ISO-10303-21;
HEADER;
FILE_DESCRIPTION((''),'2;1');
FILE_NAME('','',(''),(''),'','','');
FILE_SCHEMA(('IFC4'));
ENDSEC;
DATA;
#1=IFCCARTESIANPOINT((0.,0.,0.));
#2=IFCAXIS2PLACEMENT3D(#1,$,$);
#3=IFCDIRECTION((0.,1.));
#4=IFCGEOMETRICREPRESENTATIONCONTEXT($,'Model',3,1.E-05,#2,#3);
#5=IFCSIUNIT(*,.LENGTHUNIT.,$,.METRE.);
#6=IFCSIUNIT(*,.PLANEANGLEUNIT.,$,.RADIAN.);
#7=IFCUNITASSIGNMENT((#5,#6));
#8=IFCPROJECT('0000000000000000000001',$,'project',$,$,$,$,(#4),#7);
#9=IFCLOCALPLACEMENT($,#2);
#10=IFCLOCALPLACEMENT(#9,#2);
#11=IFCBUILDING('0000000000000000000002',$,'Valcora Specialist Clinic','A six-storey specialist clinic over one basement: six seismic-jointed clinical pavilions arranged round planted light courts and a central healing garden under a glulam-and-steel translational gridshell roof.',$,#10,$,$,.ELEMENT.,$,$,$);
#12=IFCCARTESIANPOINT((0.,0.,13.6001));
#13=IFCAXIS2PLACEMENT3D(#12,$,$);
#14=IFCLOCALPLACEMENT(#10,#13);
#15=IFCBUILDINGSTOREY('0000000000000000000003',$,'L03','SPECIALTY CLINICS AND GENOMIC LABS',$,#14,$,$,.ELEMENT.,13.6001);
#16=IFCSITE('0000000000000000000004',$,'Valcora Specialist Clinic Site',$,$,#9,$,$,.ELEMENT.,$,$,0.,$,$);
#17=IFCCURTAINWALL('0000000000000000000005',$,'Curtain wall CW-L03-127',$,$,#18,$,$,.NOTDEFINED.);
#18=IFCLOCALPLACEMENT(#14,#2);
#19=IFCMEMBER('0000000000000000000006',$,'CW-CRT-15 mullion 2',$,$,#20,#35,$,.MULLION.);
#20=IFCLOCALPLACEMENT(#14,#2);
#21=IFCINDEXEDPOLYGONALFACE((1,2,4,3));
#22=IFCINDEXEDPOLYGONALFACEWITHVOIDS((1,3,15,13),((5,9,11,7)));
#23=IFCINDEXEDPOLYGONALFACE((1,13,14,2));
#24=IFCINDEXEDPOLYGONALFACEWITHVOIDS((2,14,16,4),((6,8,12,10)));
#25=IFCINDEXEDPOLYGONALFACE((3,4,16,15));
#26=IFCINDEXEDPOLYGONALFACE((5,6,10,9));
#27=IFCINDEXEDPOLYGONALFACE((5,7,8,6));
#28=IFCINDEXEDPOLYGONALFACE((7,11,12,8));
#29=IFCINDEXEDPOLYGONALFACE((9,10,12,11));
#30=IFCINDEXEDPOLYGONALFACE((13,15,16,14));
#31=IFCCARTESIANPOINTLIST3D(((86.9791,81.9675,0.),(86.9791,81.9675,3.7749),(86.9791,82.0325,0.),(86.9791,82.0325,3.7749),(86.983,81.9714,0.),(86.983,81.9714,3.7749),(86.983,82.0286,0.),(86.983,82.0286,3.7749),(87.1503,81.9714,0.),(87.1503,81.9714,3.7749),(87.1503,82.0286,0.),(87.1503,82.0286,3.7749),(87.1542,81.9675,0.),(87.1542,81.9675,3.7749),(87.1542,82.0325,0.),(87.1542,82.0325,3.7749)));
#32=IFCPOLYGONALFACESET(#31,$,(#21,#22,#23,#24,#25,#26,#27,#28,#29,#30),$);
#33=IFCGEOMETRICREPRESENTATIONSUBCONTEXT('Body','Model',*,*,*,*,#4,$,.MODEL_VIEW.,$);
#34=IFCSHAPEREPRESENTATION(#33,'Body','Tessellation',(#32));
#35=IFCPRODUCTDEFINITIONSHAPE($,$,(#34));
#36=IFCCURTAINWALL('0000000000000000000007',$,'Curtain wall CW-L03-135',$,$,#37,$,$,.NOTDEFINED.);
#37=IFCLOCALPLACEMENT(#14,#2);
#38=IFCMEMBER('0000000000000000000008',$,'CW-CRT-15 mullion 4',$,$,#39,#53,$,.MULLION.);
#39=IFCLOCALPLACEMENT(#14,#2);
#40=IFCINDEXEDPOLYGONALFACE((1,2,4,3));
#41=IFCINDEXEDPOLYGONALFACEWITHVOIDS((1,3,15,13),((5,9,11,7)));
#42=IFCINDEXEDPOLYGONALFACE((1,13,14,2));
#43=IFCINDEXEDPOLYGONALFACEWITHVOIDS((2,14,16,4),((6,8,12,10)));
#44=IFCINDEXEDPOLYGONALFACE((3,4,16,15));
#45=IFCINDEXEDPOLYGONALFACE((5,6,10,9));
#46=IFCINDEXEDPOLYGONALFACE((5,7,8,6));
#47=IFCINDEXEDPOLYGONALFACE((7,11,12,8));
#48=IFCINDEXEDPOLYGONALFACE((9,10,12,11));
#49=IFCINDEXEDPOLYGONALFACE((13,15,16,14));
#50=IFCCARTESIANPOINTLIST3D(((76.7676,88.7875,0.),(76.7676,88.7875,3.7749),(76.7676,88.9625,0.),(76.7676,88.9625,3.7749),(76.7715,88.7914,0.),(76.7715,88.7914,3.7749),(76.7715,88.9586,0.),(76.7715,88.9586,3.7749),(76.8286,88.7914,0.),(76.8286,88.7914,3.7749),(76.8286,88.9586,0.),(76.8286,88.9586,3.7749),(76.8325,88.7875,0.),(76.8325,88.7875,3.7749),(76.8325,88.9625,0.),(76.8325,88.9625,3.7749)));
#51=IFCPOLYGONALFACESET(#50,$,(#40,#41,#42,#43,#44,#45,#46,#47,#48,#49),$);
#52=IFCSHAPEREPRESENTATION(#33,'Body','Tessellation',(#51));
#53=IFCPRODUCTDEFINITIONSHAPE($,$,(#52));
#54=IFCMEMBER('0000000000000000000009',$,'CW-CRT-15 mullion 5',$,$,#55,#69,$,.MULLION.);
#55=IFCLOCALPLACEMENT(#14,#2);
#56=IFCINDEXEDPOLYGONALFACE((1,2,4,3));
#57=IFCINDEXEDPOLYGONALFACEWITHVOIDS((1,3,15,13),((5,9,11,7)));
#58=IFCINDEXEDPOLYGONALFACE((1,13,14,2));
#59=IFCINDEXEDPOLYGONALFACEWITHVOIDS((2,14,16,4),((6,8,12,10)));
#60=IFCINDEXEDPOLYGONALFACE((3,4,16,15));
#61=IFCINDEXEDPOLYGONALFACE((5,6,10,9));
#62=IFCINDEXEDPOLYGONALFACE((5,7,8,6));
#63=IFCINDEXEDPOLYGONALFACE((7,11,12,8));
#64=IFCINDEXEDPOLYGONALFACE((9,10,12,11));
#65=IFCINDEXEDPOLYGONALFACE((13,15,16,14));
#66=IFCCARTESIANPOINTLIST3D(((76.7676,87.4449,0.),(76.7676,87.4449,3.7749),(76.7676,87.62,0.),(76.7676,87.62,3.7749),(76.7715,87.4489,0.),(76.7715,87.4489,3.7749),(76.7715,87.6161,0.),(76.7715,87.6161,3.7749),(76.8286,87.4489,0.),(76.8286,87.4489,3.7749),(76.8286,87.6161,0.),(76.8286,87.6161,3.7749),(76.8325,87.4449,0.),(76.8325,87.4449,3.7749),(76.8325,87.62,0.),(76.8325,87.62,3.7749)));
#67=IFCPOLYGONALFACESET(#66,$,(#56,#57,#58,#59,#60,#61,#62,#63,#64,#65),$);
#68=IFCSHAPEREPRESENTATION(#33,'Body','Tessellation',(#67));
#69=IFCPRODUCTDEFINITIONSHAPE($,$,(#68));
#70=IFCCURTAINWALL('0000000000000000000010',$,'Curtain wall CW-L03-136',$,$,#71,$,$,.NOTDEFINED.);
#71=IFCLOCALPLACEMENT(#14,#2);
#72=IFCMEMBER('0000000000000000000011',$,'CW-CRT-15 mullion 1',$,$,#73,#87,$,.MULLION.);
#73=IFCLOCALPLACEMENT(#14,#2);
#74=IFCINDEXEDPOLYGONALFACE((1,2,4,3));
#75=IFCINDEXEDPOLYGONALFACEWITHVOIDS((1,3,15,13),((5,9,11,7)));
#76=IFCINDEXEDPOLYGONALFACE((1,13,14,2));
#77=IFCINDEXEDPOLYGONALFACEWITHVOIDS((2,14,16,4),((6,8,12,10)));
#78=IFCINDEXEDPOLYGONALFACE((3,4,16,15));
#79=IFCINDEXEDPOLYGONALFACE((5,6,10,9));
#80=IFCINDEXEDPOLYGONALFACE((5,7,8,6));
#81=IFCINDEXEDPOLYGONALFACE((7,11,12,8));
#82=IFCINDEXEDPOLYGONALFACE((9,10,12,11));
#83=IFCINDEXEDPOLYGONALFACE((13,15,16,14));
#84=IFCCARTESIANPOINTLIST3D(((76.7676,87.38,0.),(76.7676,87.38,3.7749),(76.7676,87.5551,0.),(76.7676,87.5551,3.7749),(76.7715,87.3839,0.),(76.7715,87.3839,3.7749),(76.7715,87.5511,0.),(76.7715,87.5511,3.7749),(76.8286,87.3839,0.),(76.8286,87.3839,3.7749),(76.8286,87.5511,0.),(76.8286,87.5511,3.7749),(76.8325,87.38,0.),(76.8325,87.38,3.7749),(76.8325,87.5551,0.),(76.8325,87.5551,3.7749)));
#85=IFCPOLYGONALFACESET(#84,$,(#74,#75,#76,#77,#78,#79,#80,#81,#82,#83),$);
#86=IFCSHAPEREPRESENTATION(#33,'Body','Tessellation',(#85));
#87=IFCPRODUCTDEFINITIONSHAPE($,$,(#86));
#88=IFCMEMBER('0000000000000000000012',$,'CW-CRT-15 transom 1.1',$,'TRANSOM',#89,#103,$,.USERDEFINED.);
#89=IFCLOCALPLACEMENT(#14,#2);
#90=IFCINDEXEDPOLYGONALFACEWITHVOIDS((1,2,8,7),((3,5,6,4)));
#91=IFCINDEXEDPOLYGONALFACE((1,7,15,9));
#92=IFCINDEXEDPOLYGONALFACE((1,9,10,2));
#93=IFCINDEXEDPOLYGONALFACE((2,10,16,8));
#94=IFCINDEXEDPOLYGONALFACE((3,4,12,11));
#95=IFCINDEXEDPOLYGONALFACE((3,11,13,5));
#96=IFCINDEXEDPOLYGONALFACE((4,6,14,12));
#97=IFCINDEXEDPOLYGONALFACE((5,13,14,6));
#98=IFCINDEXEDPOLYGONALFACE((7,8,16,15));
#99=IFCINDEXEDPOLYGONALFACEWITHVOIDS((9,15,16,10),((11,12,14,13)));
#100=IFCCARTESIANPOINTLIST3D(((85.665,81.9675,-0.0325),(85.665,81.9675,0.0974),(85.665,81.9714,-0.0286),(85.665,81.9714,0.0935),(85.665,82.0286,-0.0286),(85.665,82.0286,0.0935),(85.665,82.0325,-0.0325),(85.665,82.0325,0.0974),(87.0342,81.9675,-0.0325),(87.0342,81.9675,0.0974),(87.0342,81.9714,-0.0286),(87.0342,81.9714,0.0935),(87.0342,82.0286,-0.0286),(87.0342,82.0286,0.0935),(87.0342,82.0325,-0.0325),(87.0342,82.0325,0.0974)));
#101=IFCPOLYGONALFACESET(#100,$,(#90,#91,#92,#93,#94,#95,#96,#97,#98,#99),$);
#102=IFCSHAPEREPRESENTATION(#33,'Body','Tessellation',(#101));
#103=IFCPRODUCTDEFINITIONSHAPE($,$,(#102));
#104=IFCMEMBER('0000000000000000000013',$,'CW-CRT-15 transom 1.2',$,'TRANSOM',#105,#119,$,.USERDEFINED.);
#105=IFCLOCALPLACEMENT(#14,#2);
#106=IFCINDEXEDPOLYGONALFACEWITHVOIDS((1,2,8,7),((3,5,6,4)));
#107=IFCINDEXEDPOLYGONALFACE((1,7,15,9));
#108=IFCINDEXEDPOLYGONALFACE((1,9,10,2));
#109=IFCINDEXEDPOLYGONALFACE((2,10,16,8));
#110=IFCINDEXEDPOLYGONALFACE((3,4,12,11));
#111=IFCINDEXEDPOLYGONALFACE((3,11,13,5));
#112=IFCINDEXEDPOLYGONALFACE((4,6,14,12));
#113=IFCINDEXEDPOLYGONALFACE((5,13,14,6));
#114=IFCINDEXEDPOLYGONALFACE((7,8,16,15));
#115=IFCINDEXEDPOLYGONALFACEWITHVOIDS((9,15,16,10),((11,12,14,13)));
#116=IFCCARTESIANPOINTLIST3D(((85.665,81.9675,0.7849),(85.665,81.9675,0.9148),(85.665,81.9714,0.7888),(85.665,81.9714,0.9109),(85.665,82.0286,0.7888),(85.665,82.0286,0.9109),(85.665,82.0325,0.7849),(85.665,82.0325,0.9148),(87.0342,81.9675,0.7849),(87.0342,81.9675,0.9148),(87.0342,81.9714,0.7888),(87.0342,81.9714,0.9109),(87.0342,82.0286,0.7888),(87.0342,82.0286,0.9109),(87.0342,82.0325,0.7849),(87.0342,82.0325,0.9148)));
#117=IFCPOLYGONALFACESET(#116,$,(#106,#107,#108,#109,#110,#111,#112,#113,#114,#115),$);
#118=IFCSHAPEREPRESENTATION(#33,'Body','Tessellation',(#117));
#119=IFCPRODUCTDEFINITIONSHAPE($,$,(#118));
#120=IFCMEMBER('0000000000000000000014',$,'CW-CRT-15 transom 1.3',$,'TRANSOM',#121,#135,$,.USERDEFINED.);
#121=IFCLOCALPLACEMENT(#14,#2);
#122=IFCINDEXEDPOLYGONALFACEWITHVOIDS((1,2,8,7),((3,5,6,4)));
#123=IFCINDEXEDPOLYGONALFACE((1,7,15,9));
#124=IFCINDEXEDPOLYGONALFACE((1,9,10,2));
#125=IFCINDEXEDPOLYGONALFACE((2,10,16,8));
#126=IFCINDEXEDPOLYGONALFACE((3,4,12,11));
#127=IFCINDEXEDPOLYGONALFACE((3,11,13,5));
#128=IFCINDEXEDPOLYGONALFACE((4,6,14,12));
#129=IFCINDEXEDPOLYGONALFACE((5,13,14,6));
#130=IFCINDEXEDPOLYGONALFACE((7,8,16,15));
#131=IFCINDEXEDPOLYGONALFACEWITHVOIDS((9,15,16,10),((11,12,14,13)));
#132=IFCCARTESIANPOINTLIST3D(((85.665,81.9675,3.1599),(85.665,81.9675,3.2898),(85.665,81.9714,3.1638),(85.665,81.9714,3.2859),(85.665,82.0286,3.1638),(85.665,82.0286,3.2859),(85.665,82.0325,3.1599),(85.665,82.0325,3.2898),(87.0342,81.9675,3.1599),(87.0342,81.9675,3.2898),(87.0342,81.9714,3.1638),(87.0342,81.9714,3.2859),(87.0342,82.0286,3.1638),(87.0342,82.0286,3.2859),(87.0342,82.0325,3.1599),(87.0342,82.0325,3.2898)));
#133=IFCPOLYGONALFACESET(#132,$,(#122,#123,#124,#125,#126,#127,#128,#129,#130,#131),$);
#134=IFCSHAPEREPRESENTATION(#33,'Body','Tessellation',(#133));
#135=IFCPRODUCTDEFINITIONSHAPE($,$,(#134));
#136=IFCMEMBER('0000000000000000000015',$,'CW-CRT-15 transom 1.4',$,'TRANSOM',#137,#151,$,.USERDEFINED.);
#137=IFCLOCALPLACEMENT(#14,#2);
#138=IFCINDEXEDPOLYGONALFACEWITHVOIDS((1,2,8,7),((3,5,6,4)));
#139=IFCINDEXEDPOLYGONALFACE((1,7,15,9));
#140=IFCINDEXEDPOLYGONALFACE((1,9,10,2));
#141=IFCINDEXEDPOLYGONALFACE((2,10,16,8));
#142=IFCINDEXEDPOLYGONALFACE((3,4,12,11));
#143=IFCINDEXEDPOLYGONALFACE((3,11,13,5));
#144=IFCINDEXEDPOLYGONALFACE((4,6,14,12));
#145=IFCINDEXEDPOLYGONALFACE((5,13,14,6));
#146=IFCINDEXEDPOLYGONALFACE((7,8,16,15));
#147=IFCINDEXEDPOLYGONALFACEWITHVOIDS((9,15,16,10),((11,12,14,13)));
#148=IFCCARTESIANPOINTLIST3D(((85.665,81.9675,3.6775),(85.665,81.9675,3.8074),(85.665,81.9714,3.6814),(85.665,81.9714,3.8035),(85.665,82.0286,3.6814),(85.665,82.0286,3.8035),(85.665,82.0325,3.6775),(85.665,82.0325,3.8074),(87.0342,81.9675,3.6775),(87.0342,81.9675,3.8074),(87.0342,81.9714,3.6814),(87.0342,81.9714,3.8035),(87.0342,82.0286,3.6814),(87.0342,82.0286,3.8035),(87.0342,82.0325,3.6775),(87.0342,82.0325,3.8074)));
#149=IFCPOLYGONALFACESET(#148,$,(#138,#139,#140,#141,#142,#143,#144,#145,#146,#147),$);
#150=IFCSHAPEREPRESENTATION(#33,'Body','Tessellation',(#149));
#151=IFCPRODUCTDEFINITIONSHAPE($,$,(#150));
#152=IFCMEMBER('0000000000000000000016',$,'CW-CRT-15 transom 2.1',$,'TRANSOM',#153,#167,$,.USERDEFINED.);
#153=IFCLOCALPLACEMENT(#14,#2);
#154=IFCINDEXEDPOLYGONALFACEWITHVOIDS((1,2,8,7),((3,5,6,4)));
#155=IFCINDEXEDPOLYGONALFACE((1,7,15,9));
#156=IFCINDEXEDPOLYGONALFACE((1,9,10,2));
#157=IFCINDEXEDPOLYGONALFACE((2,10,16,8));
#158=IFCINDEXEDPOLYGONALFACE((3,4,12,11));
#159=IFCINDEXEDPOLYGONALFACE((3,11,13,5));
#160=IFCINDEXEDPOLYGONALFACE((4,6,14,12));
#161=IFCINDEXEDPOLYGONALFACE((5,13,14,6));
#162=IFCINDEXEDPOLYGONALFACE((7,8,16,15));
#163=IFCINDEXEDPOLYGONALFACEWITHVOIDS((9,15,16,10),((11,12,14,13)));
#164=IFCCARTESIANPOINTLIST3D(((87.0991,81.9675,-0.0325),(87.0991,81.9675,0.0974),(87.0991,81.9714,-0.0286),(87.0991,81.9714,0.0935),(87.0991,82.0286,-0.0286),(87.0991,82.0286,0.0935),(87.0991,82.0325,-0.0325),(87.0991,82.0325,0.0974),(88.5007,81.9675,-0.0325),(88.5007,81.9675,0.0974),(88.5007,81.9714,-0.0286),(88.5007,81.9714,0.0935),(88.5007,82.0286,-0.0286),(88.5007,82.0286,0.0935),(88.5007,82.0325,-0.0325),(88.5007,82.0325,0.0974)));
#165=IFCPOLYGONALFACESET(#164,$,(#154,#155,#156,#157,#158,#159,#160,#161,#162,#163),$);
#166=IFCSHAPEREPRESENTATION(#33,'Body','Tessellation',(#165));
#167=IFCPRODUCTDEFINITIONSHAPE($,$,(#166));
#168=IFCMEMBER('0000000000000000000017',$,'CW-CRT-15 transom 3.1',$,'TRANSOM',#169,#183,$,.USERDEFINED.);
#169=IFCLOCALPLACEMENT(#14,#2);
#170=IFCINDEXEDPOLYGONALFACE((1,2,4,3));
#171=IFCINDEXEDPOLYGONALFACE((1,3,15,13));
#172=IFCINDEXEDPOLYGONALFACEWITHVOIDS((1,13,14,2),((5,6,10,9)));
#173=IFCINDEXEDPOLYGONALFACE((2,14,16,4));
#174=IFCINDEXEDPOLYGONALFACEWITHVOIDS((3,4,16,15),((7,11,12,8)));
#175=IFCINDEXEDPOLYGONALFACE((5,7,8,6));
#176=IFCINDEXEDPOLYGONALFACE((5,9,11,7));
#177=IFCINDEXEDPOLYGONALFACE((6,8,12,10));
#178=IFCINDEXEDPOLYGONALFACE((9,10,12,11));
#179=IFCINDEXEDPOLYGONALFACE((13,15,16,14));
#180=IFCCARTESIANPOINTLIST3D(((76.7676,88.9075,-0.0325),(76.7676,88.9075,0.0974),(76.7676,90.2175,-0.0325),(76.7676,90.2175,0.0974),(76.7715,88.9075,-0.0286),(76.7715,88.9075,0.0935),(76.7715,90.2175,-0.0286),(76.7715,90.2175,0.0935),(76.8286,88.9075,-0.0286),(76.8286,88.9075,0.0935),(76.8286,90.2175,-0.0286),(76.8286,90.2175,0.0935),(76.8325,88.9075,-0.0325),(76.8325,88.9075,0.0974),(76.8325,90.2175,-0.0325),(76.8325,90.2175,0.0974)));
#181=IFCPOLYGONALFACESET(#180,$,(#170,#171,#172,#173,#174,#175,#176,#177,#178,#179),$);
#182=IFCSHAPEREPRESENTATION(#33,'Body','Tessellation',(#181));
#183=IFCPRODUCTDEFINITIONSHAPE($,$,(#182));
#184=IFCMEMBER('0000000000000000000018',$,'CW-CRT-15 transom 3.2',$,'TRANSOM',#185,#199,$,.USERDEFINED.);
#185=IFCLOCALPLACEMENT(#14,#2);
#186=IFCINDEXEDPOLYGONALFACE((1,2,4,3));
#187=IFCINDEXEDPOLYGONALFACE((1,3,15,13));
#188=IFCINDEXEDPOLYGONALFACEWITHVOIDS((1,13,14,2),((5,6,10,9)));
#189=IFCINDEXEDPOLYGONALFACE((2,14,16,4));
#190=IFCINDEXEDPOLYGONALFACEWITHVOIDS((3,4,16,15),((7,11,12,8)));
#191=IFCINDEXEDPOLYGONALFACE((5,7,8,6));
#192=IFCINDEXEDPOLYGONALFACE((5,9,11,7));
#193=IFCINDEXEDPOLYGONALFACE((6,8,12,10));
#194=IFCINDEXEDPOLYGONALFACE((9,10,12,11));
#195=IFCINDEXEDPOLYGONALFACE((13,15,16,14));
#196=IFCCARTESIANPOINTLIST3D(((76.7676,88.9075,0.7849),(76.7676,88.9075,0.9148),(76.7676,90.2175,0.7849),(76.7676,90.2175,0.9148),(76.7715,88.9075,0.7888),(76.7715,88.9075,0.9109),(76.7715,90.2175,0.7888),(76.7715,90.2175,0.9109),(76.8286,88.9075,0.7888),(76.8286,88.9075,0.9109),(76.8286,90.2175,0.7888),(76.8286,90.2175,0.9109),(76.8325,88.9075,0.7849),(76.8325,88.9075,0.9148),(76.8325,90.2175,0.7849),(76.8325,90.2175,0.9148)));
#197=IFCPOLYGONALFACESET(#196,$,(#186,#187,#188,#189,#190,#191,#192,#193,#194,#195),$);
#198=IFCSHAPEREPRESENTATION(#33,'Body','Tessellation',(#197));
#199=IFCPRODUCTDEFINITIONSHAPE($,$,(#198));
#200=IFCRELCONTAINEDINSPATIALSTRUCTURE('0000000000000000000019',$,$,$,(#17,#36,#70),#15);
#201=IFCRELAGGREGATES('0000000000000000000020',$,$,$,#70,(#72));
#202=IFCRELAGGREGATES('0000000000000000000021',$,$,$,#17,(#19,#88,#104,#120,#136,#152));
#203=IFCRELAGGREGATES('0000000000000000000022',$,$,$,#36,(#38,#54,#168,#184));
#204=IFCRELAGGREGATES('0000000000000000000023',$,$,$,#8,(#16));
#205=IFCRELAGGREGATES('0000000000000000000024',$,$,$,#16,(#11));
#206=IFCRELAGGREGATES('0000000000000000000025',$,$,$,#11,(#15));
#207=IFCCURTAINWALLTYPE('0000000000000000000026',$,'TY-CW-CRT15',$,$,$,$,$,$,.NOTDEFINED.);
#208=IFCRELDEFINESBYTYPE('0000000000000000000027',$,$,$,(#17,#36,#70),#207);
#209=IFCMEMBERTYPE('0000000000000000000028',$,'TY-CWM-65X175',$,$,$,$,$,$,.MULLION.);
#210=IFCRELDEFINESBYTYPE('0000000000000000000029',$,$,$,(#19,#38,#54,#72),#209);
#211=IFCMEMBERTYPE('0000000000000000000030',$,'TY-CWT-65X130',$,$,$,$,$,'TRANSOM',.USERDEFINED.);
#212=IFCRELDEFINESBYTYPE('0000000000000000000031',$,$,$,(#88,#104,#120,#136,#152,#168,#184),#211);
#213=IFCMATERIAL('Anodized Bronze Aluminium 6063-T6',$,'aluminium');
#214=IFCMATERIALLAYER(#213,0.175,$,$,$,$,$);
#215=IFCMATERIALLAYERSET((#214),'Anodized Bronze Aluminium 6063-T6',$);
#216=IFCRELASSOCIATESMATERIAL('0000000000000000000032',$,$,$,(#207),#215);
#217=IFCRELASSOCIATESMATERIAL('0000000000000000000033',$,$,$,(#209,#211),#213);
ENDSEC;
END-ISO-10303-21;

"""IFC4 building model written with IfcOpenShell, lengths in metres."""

from ifc_helpers import new_model, si_unit, direction, frame, origin, origin_2d, place, context, subcontext, project, spatial, hollow_rectangle, extrude, material, layer, layer_set, material_profile, profile_set, type_object, element, aggregate, save


model = new_model("IFC4")

# Units and contexts
model_context = context("Model", 3, precision=1e-05, world=origin(), true_north=direction((0.0, 1.0)))
body_context = subcontext(model_context, "Body", "Model", "MODEL_VIEW")
ifc_project = project(units=[si_unit("LENGTHUNIT", "METRE"), si_unit("PLANEANGLEUNIT", "RADIAN")], contexts=[model_context])

# Site, building, storey
site_placement = place(None, origin())
site = spatial("IfcSite", under=ifc_project, at=site_placement, Name="Valcora Specialist Clinic Site", CompositionType="ELEMENT", RefElevation=0.0)
building_placement = place(site_placement, origin())
building = spatial("IfcBuilding", under=site, at=building_placement, Name="Valcora Specialist Clinic", Description="A six-storey specialist clinic over one basement: six seismic-jointed clinical pavilions arranged round planted light courts and a central healing garden under a glulam-and-steel translational gridshell roof.", CompositionType="ELEMENT")
storey_placement = place(building_placement, frame((0.0, 0.0, 13.6001)))
storey = spatial("IfcBuildingStorey", under=building, at=storey_placement, Name="L03", Description="SPECIALTY CLINICS AND GENOMIC LABS", CompositionType="ELEMENT", Elevation=13.6001)

# Curtain wall, member
ifc_material_1 = material(Name="Anodized Bronze Aluminium 6063-T6", Category="aluminium")
ifc_layer_1 = layer(ifc_material_1, 0.175)
ifc_layer_set_1 = layer_set([ifc_layer_1], Name="Anodized Bronze Aluminium 6063-T6")
curtain_wall_type = type_object("IfcCurtainWallType", Name="TY-CW-CRT15", PredefinedType="NOTDEFINED", material=ifc_layer_set_1)
curtain_wall_1_placement = place(storey_placement, origin())
curtain_wall_1 = element("IfcCurtainWall", 1, at=curtain_wall_1_placement, inside=storey, type_object=curtain_wall_type, Name="Curtain wall CW-L03-127", PredefinedType="NOTDEFINED")
ifc_material_profile_1 = material_profile(ifc_material_1, hollow_rectangle(XDim=0.0649, YDim=0.175, WallThickness=0.0039, at=origin_2d()), Name="AL-MUL-65X175")
ifc_profile_set_1 = profile_set([ifc_material_profile_1], Name="Anodized Bronze Aluminium 6063-T6")
member_type_1 = type_object("IfcMemberType", Name="TY-CWM-65X175", PredefinedType="MULLION", material=ifc_profile_set_1)
member_1_placement = place(storey_placement, frame((87.0667, 82.0, 0.0), z_axis=(0.0, 0.0, 1.0), x_axis=(0.0, 1.0, 0.0)))
member_1 = element("IfcMember", 2, at=member_1_placement, type_object=member_type_1, Name="CW-CRT-15 mullion 2", PredefinedType="MULLION", context=body_context, shape_type="SweptSolid", body=[
    extrude(hollow_rectangle(XDim=0.0649, YDim=0.175, WallThickness=0.0039, at=origin_2d()), origin(), (0.0, 0.0, 1.0), 3.7749),
])

# Curtain wall, members
curtain_wall_2_placement = place(storey_placement, origin())
curtain_wall_2 = element("IfcCurtainWall", 3, at=curtain_wall_2_placement, inside=storey, type_object=curtain_wall_type, Name="Curtain wall CW-L03-135", PredefinedType="NOTDEFINED")
member_2_placement = place(storey_placement, frame((76.8, 88.875, 0.0), z_axis=(0.0, 0.0, 1.0), x_axis=(1.0, 0.0, 0.0)))
member_2 = element("IfcMember", 4, at=member_2_placement, type_object=member_type_1, Name="CW-CRT-15 mullion 4", PredefinedType="MULLION", context=body_context, shape_type="SweptSolid", body=[
    extrude(hollow_rectangle(XDim=0.0649, YDim=0.175, WallThickness=0.0039, at=origin_2d()), origin(), (0.0, 0.0, 1.0), 3.7749),
])
member_3_placement = place(storey_placement, frame((76.8, 87.5325, 0.0), z_axis=(0.0, 0.0, 1.0), x_axis=(1.0, 0.0, 0.0)))
member_3 = element("IfcMember", 5, at=member_3_placement, type_object=member_type_1, Name="CW-CRT-15 mullion 5", PredefinedType="MULLION", context=body_context, shape_type="SweptSolid", body=[
    extrude(hollow_rectangle(XDim=0.0649, YDim=0.175, WallThickness=0.0039, at=origin_2d()), origin(), (0.0, 0.0, 1.0), 3.7749),
])

# Curtain wall, member
curtain_wall_3_placement = place(storey_placement, origin())
curtain_wall_3 = element("IfcCurtainWall", 6, at=curtain_wall_3_placement, inside=storey, type_object=curtain_wall_type, Name="Curtain wall CW-L03-136", PredefinedType="NOTDEFINED")
member_4_placement = place(storey_placement, frame((76.8, 87.4675, 0.0), z_axis=(0.0, 0.0, 1.0), x_axis=(1.0, 0.0, 0.0)))
member_4 = element("IfcMember", 7, at=member_4_placement, type_object=member_type_1, Name="CW-CRT-15 mullion 1", PredefinedType="MULLION", context=body_context, shape_type="SweptSolid", body=[
    extrude(hollow_rectangle(XDim=0.0649, YDim=0.175, WallThickness=0.0039, at=origin_2d()), origin(), (0.0, 0.0, 1.0), 3.7749),
])

# Members
ifc_material_profile_2 = material_profile(ifc_material_1, hollow_rectangle(XDim=0.0649, YDim=0.1299, WallThickness=0.0039, at=origin_2d()), Name="AL-TRN-65X130")
ifc_profile_set_2 = profile_set([ifc_material_profile_2], Name="Anodized Bronze Aluminium 6063-T6")
member_type_2 = type_object("IfcMemberType", Name="TY-CWT-65X130", ElementType="TRANSOM", PredefinedType="USERDEFINED", material=ifc_profile_set_2)
member_5_placement = place(storey_placement, frame((85.665, 82.0, 0.0325), z_axis=(1.0, 0.0, 0.0), x_axis=(0.0, 1.0, 0.0)))
member_5 = element("IfcMember", 8, at=member_5_placement, type_object=member_type_2, Name="CW-CRT-15 transom 1.1", ObjectType="TRANSOM", PredefinedType="USERDEFINED", context=body_context, shape_type="SweptSolid", body=[
    extrude(hollow_rectangle(XDim=0.0649, YDim=0.1299, WallThickness=0.0039, at=origin_2d()), origin(), (0.0, 0.0, 1.0), 1.3691),
])
member_6_placement = place(storey_placement, frame((85.665, 82.0, 0.8499), z_axis=(1.0, 0.0, 0.0), x_axis=(0.0, 1.0, 0.0)))
member_6 = element("IfcMember", 9, at=member_6_placement, type_object=member_type_2, Name="CW-CRT-15 transom 1.2", ObjectType="TRANSOM", PredefinedType="USERDEFINED", context=body_context, shape_type="SweptSolid", body=[
    extrude(hollow_rectangle(XDim=0.0649, YDim=0.1299, WallThickness=0.0039, at=origin_2d()), origin(), (0.0, 0.0, 1.0), 1.3691),
])
member_7_placement = place(storey_placement, frame((85.665, 82.0, 3.2249), z_axis=(1.0, 0.0, 0.0), x_axis=(0.0, 1.0, 0.0)))
member_7 = element("IfcMember", 10, at=member_7_placement, type_object=member_type_2, Name="CW-CRT-15 transom 1.3", ObjectType="TRANSOM", PredefinedType="USERDEFINED", context=body_context, shape_type="SweptSolid", body=[
    extrude(hollow_rectangle(XDim=0.0649, YDim=0.1299, WallThickness=0.0039, at=origin_2d()), origin(), (0.0, 0.0, 1.0), 1.3691),
])
member_8_placement = place(storey_placement, frame((85.665, 82.0, 3.7424), z_axis=(1.0, 0.0, 0.0), x_axis=(0.0, 1.0, 0.0)))
member_8 = element("IfcMember", 11, at=member_8_placement, type_object=member_type_2, Name="CW-CRT-15 transom 1.4", ObjectType="TRANSOM", PredefinedType="USERDEFINED", context=body_context, shape_type="SweptSolid", body=[
    extrude(hollow_rectangle(XDim=0.0649, YDim=0.1299, WallThickness=0.0039, at=origin_2d()), origin(), (0.0, 0.0, 1.0), 1.3691),
])
member_9_placement = place(storey_placement, frame((87.0991, 82.0, 0.0325), z_axis=(1.0, 0.0, 0.0), x_axis=(0.0, 1.0, 0.0)))
member_9 = element("IfcMember", 12, at=member_9_placement, type_object=member_type_2, Name="CW-CRT-15 transom 2.1", ObjectType="TRANSOM", PredefinedType="USERDEFINED", context=body_context, shape_type="SweptSolid", body=[
    extrude(hollow_rectangle(XDim=0.0649, YDim=0.1299, WallThickness=0.0039, at=origin_2d()), origin(), (0.0, 0.0, 1.0), 1.4016),
])
member_10_placement = place(storey_placement, frame((76.8, 90.2175, 0.0325), z_axis=(0.0, -1.0, 0.0), x_axis=(1.0, 0.0, 0.0)))
member_10 = element("IfcMember", 13, at=member_10_placement, type_object=member_type_2, Name="CW-CRT-15 transom 3.1", ObjectType="TRANSOM", PredefinedType="USERDEFINED", context=body_context, shape_type="SweptSolid", body=[
    extrude(hollow_rectangle(XDim=0.0649, YDim=0.1299, WallThickness=0.0039, at=origin_2d()), origin(), (0.0, 0.0, 1.0), 1.3101),
])
member_11_placement = place(storey_placement, frame((76.8, 90.2175, 0.8499), z_axis=(0.0, -1.0, 0.0), x_axis=(1.0, 0.0, 0.0)))
member_11 = element("IfcMember", 14, at=member_11_placement, type_object=member_type_2, Name="CW-CRT-15 transom 3.2", ObjectType="TRANSOM", PredefinedType="USERDEFINED", context=body_context, shape_type="SweptSolid", body=[
    extrude(hollow_rectangle(XDim=0.0649, YDim=0.1299, WallThickness=0.0039, at=origin_2d()), origin(), (0.0, 0.0, 1.0), 1.3101),
])
aggregate(curtain_wall_3, [member_4])

aggregate(curtain_wall_1, [member_1, member_5, member_6, member_7, member_8, member_9])
aggregate(curtain_wall_2, [member_2, member_3, member_10, member_11])

save(model, "model.ifc")
